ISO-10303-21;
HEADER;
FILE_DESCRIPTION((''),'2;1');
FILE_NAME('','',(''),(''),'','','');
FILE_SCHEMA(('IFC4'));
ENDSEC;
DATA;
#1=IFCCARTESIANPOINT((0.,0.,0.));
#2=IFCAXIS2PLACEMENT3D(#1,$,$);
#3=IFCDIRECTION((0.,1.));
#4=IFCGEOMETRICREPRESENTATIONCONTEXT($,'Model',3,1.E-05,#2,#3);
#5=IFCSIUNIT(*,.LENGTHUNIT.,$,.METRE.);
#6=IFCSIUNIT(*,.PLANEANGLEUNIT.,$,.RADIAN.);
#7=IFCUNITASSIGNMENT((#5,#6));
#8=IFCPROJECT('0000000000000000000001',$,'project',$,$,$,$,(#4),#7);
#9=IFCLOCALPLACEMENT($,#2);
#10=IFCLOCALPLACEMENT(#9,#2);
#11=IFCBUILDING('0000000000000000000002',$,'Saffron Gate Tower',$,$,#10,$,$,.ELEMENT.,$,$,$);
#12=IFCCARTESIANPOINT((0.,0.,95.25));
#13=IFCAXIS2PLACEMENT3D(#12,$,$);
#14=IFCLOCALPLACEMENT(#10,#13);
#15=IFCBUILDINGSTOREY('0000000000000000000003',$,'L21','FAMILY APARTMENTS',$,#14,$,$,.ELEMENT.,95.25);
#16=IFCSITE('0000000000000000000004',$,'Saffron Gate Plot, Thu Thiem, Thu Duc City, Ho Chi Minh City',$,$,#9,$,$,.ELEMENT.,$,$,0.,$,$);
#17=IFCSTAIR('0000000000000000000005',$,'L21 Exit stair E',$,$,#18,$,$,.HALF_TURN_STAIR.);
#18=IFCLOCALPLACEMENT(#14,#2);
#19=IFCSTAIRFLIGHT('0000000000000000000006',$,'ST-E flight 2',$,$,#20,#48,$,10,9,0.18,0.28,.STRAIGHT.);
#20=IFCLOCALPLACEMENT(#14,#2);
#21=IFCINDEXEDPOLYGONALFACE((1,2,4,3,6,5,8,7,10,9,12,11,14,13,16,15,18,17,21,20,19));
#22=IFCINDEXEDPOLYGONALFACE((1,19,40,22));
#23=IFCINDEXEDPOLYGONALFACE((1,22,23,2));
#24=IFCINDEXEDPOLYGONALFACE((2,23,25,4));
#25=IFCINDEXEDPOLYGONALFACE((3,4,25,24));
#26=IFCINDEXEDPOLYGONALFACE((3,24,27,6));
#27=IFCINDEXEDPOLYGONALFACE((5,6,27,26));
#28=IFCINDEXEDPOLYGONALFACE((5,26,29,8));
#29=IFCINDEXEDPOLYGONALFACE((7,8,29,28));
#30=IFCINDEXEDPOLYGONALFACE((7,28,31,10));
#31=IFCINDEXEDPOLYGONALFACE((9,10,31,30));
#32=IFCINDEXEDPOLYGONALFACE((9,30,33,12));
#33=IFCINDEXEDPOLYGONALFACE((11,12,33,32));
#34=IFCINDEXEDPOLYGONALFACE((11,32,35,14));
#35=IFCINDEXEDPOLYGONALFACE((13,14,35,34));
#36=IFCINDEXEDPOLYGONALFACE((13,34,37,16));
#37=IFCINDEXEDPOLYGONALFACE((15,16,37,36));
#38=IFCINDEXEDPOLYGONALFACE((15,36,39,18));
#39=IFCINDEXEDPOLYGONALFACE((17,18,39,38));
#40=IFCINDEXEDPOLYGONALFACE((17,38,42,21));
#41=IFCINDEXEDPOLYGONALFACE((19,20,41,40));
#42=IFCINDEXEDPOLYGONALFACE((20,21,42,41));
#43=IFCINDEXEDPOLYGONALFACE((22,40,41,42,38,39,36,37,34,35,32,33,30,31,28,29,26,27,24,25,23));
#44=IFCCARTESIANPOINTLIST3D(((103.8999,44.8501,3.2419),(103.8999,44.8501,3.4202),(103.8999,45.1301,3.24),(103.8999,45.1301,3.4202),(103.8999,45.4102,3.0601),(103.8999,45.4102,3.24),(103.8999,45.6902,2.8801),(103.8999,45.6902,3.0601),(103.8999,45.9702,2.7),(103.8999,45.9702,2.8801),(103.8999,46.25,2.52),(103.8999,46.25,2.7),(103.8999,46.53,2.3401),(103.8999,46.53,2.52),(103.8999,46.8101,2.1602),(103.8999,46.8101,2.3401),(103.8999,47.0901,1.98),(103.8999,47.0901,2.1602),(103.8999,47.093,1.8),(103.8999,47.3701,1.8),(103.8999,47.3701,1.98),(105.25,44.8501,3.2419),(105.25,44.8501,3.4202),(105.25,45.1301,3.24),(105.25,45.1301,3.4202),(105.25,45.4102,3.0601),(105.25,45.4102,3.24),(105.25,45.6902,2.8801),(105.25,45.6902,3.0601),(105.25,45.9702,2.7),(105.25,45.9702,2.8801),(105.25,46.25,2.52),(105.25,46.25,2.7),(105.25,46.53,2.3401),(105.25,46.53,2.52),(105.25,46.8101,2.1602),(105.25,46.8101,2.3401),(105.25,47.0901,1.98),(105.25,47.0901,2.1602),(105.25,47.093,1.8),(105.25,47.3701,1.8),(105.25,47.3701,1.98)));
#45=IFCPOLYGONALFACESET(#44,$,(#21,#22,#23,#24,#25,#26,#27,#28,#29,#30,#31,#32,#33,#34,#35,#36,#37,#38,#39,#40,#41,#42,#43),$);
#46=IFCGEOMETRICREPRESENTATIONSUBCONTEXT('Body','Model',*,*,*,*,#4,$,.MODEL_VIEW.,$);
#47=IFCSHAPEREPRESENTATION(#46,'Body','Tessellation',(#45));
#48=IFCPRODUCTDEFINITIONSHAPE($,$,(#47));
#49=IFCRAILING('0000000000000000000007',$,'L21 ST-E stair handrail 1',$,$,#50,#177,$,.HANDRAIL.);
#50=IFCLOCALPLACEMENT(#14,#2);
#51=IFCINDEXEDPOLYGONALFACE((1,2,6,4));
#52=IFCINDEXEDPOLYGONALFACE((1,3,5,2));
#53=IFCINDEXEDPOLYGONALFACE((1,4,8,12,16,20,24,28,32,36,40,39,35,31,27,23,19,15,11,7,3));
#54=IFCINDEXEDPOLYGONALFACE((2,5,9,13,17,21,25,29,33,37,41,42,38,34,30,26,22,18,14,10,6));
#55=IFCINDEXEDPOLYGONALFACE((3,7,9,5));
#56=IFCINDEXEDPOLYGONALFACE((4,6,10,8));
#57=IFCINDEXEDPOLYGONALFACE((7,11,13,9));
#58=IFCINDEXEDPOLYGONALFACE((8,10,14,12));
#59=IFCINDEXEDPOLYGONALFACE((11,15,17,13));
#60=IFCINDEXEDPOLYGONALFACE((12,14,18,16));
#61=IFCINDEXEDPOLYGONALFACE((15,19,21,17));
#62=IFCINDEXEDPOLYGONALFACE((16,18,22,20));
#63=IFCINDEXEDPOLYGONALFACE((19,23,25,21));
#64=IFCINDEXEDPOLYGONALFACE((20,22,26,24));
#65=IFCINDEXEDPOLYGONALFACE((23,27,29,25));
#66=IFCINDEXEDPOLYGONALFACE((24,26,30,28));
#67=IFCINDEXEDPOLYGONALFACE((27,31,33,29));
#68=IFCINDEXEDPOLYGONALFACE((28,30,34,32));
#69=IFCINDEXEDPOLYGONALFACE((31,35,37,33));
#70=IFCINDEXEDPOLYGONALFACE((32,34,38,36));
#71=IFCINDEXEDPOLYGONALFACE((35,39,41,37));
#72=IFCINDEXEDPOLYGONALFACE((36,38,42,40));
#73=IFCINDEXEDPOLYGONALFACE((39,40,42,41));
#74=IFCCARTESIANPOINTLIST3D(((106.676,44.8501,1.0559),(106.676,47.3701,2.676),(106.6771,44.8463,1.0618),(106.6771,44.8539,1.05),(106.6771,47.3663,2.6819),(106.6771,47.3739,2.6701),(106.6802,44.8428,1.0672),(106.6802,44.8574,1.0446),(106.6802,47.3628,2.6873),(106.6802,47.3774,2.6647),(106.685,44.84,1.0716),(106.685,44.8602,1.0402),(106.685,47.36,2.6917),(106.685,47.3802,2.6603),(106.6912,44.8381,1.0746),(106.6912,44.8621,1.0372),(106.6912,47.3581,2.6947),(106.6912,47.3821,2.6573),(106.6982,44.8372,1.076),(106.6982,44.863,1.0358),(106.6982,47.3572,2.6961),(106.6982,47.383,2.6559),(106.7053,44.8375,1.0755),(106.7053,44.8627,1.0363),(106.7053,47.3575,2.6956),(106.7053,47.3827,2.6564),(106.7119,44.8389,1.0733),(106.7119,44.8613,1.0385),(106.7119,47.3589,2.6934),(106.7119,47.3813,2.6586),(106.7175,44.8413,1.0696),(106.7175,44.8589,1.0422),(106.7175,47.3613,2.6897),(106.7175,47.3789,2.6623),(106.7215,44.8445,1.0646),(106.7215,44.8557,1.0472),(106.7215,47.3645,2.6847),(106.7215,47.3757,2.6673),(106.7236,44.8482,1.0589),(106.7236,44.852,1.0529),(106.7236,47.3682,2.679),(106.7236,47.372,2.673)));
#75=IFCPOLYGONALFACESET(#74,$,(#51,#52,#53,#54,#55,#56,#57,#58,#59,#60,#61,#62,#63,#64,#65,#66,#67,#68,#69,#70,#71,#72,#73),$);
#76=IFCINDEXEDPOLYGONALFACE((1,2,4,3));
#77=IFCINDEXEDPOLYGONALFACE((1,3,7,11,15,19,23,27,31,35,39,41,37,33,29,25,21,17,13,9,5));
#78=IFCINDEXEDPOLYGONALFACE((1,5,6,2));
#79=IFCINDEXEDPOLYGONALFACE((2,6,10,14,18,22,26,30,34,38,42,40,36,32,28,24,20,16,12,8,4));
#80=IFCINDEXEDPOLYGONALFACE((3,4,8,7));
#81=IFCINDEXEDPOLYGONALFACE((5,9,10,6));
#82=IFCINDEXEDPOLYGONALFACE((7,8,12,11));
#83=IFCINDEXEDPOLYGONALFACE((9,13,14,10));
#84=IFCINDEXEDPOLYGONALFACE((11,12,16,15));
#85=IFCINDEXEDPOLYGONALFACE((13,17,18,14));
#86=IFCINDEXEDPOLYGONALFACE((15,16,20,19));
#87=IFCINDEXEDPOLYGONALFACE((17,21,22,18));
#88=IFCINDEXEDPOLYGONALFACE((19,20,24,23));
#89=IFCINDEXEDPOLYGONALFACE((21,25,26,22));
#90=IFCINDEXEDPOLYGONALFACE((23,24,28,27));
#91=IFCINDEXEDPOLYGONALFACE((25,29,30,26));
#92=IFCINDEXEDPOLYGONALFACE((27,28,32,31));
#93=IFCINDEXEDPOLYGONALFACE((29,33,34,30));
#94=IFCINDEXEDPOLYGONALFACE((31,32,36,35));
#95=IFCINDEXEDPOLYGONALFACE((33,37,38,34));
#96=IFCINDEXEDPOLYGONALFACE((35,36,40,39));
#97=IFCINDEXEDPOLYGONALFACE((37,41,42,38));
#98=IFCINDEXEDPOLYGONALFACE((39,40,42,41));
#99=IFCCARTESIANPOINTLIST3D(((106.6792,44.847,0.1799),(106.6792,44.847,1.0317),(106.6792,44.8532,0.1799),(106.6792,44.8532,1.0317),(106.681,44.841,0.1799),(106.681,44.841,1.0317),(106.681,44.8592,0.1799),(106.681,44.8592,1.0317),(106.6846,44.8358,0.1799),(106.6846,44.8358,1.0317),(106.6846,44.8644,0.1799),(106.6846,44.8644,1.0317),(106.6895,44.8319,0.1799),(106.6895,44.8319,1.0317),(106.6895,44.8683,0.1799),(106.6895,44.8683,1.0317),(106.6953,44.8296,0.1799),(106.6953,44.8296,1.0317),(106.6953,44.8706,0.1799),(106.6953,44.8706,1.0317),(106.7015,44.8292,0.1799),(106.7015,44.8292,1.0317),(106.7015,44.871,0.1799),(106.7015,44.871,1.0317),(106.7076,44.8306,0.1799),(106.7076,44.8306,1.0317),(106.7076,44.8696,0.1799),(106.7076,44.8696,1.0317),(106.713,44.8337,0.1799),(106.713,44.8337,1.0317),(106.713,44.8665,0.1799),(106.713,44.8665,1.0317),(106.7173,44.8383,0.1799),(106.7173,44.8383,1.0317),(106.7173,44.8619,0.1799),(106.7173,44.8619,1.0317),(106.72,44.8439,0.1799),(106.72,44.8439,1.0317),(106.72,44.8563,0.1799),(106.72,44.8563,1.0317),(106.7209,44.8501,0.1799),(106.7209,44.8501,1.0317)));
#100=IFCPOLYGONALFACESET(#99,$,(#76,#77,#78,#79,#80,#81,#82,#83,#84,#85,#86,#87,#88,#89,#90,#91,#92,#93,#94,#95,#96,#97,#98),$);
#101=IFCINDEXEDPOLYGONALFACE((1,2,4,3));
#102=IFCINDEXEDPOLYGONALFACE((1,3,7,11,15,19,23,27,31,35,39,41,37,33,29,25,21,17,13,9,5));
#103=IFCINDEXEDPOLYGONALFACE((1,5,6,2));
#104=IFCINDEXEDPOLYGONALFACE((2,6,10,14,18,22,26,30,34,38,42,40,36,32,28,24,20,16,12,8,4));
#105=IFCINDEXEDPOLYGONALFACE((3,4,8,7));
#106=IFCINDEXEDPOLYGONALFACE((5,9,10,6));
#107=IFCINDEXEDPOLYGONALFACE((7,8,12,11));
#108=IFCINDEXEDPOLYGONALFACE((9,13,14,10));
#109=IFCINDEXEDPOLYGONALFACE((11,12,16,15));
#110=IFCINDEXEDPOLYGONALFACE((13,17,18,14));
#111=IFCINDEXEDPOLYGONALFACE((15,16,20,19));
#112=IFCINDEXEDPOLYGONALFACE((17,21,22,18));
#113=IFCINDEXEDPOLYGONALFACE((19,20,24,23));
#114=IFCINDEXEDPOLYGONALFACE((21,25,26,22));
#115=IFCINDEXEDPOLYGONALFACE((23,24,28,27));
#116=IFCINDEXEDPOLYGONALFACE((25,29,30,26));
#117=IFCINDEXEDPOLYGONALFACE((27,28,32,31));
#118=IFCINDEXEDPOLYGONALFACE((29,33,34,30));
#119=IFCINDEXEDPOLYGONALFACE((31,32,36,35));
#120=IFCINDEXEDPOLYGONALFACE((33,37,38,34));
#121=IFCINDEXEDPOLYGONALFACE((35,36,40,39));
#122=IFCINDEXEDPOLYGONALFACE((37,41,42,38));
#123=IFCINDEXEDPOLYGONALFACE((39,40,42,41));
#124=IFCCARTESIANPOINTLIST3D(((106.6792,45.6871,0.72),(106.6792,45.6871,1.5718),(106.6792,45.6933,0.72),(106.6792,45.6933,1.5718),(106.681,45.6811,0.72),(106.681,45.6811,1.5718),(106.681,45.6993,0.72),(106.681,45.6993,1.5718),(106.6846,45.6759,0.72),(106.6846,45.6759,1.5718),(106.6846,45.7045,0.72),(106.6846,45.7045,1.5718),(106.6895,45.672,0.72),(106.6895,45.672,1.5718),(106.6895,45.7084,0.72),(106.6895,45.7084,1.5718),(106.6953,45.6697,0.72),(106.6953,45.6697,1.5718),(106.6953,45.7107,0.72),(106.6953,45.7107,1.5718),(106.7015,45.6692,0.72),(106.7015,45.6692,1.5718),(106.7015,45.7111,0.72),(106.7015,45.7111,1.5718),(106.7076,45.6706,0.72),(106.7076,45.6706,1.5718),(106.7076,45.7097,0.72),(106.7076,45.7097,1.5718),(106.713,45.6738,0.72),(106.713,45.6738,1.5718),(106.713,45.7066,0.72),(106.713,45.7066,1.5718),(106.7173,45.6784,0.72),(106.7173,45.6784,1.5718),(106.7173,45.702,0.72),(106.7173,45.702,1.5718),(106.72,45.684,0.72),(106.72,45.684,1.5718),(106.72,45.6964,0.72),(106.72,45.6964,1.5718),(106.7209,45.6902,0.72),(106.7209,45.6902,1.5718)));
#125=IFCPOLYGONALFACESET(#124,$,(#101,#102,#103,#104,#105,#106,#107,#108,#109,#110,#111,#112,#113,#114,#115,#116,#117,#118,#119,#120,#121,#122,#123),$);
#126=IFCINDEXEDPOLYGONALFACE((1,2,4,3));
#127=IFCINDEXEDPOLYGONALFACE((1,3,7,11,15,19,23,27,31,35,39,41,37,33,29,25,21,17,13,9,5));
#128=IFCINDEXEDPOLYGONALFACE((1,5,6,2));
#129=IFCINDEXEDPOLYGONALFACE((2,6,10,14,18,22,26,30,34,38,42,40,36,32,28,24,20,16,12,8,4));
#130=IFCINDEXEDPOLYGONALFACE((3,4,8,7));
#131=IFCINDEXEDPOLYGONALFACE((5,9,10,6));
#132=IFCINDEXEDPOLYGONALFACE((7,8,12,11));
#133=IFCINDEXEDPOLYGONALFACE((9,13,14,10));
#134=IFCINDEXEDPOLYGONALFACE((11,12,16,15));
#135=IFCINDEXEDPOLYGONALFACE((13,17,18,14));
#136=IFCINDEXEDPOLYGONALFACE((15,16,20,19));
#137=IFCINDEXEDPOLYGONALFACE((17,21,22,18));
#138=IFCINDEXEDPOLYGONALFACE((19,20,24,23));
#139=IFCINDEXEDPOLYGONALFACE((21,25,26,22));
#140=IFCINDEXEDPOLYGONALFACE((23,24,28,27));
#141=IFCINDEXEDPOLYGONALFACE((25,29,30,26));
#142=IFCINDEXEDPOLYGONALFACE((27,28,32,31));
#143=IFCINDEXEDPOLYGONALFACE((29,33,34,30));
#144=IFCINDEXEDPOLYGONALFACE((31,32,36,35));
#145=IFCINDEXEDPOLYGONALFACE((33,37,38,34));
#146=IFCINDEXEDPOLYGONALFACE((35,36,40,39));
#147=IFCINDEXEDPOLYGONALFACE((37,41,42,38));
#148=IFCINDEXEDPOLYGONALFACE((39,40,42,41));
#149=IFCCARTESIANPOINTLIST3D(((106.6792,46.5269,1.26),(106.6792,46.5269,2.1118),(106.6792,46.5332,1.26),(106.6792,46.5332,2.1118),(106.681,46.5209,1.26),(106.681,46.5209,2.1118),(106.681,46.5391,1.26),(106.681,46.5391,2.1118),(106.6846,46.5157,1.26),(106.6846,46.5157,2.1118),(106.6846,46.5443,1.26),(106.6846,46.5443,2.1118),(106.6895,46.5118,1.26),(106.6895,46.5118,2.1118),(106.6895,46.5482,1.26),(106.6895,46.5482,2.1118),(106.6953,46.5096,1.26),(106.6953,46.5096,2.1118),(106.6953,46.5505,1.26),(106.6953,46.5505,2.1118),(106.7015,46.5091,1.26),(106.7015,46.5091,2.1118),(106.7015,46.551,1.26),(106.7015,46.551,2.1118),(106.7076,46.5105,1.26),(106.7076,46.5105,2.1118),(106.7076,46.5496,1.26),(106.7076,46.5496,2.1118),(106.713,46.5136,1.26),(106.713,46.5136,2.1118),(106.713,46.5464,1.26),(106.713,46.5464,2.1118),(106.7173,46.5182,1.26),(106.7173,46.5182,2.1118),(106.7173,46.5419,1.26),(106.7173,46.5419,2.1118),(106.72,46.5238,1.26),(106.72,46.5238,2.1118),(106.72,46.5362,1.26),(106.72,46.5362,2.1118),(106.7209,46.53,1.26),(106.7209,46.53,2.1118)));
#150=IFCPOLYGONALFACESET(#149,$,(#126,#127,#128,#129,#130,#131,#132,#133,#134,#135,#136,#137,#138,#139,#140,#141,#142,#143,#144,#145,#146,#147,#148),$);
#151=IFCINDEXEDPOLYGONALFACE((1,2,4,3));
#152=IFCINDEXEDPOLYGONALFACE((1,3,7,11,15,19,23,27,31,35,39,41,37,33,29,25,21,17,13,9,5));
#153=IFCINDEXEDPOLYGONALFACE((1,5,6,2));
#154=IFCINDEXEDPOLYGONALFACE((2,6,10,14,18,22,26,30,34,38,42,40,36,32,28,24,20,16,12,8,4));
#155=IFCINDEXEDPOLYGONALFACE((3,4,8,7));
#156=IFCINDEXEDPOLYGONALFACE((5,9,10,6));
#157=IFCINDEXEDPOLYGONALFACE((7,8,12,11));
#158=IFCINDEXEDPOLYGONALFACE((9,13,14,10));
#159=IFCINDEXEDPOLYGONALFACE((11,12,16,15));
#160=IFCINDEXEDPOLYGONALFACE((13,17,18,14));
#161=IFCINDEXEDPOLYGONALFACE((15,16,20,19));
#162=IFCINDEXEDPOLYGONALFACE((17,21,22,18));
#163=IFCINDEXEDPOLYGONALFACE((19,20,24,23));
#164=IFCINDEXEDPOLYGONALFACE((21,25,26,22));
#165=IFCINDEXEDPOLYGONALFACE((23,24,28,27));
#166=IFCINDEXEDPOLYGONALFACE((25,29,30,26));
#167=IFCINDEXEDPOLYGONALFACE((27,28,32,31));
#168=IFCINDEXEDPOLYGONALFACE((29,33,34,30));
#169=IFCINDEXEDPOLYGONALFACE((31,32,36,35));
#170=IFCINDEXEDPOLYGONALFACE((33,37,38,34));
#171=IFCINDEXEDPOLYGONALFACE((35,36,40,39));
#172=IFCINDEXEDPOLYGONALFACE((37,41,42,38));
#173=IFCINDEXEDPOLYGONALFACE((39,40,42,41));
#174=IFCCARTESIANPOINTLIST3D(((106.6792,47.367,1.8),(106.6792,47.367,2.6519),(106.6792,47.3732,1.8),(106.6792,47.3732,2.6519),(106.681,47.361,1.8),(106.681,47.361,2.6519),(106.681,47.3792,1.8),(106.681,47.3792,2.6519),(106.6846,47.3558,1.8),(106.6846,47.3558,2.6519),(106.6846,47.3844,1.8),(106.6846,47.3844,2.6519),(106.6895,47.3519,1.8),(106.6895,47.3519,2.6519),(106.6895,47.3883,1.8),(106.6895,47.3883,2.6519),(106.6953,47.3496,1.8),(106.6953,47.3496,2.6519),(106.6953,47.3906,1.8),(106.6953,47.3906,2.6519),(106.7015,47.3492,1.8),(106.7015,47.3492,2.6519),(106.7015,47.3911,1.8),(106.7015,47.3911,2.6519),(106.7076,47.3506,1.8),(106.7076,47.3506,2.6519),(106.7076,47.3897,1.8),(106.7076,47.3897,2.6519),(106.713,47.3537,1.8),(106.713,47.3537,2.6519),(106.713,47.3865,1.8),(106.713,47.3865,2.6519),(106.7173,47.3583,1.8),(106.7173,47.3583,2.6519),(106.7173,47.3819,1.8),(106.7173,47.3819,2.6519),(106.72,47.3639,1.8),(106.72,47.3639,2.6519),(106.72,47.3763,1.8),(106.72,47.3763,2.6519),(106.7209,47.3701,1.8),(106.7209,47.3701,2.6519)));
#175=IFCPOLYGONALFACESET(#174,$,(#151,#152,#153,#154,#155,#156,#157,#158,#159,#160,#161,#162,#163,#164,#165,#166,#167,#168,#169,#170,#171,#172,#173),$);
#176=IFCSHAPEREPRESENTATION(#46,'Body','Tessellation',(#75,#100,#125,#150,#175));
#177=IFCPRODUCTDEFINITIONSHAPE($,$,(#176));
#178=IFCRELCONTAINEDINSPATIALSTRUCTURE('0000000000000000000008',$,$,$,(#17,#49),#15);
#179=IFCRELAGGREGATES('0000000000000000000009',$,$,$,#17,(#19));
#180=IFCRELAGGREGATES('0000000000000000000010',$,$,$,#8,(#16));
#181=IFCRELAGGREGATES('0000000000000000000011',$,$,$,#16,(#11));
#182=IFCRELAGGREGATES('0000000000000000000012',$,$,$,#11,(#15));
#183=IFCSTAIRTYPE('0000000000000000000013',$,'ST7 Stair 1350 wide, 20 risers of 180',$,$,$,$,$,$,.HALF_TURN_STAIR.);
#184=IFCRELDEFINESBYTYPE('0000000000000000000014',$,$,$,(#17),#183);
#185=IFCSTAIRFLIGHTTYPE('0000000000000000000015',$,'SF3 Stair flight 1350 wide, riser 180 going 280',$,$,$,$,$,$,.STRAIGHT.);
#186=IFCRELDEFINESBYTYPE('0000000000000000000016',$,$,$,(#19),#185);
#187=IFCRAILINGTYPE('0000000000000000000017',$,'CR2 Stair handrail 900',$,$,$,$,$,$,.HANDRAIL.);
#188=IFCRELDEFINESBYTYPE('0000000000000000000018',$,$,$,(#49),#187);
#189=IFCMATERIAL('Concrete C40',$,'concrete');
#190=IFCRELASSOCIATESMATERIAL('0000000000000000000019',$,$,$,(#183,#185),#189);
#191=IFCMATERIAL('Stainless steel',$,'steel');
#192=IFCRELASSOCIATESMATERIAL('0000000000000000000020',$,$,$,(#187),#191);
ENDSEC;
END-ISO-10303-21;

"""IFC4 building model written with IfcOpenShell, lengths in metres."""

from ifc_helpers import new_model, si_unit, direction, frame, origin, origin_2d, place, context, subcontext, project, spatial, polyline, circle, outline, extrude, material, type_object, element, aggregate, save


model = new_model("IFC4")

# Units and contexts
model_context = context("Model", 3, precision=1e-05, world=origin(), true_north=direction((0.0, 1.0)))
body_context = subcontext(model_context, "Body", "Model", "MODEL_VIEW")
ifc_project = project(units=[si_unit("LENGTHUNIT", "METRE"), si_unit("PLANEANGLEUNIT", "RADIAN")], contexts=[model_context])

# Site, building, storey
site_placement = place(None, origin())
site = spatial("IfcSite", under=ifc_project, at=site_placement, Name="Saffron Gate Plot, Thu Thiem, Thu Duc City, Ho Chi Minh City", CompositionType="ELEMENT", RefElevation=0.0)
building_placement = place(site_placement, origin())
building = spatial("IfcBuilding", under=site, at=building_placement, Name="Saffron Gate Tower", CompositionType="ELEMENT")
storey_placement = place(building_placement, frame((0.0, 0.0, 95.25)))
storey = spatial("IfcBuildingStorey", under=building, at=storey_placement, Name="L21", Description="FAMILY APARTMENTS", CompositionType="ELEMENT", Elevation=95.25)

# Stair, stair flight
ifc_material_1 = material(Name="Concrete C40", Category="concrete")
stair_type = type_object("IfcStairType", Name="ST7 Stair 1350 wide, 20 risers of 180", PredefinedType="HALF_TURN_STAIR", material=ifc_material_1)
stair_placement = place(storey_placement, origin())
stair = element("IfcStair", 1, at=stair_placement, inside=storey, type_object=stair_type, Name="L21 Exit stair E", PredefinedType="HALF_TURN_STAIR")
stair_flight_type = type_object("IfcStairFlightType", Name="SF3 Stair flight 1350 wide, riser 180 going 280", PredefinedType="STRAIGHT", material=ifc_material_1)
stair_flight_1_placement = place(storey_placement, frame((104.575, 47.3701, 1.8), z_axis=(0.0, 0.0, 1.0), x_axis=(0.0, -1.0, 0.0)))
stair_flight_1 = element("IfcStairFlight", 2, at=stair_flight_1_placement, type_object=stair_flight_type, Name="ST-E flight 2", NumberOfRisers=10, NumberOfTreads=9, PredefinedType="STRAIGHT", RiserHeight=0.18, TreadLength=0.28, context=body_context, shape_type="SweptSolid", body=[
    extrude(outline(polyline([(0.0, 0.0), (0.0, 0.1799), (0.28, 0.1799), (0.28, 0.3601), (0.5601, 0.3601), (0.5601, 0.54), (0.8401, 0.54), (0.8401, 0.72), (1.1201, 0.72), (1.1201, 0.8999), (1.3999, 0.8999), (1.3999, 1.0801), (1.6799, 1.0801), (1.6799, 1.26), (1.96, 1.26), (1.96, 1.4399), (2.24, 1.4399), (2.24, 1.6201), (2.52, 1.6201), (2.52, 1.8), (2.52, 1.4419), (0.2771, 0.0), (0.0, 0.0)])), frame((0.0, 0.675, 0.0), z_axis=(0.0, -1.0, 0.0), x_axis=(1.0, 0.0, 0.0)), (0.0, 0.0, 1.0), 1.3501),
])
aggregate(stair, [stair_flight_1])

# Railing
ifc_material_2 = material(Name="Stainless steel", Category="steel")
railing_type_1 = type_object("IfcRailingType", Name="CR2 Stair handrail 900", PredefinedType="HANDRAIL", material=ifc_material_2)
railing_1_placement = place(storey_placement, frame((106.7, 44.8501, 0.1799)))
element("IfcRailing", 3, at=railing_1_placement, inside=storey, type_object=railing_type_1, Name="L21 ST-E stair handrail 1", PredefinedType="HANDRAIL", context=body_context, shape_type="SweptSolid", body=[
    extrude(circle(Radius=0.0239, at=origin_2d()), frame((0.0, 0.0, 0.876), z_axis=(0.0, 0.841163, 0.540782), x_axis=(-1.0, 0.0, 0.0)), (0.0, 0.0, 1.0), 2.9958),
    extrude(circle(Radius=0.021, at=origin_2d()), origin(), (0.0, 0.0, 1.0), 0.8518),
    extrude(circle(Radius=0.021, at=origin_2d()), frame((0.0, 0.8401, 0.54)), (0.0, 0.0, 1.0), 0.8518),
    extrude(circle(Radius=0.021, at=origin_2d()), frame((0.0, 1.6799, 1.0801)), (0.0, 0.0, 1.0), 0.8518),
    extrude(circle(Radius=0.021, at=origin_2d()), frame((0.0, 2.52, 1.6201)), (0.0, 0.0, 1.0), 0.8518),
])

save(model, "model.ifc")
